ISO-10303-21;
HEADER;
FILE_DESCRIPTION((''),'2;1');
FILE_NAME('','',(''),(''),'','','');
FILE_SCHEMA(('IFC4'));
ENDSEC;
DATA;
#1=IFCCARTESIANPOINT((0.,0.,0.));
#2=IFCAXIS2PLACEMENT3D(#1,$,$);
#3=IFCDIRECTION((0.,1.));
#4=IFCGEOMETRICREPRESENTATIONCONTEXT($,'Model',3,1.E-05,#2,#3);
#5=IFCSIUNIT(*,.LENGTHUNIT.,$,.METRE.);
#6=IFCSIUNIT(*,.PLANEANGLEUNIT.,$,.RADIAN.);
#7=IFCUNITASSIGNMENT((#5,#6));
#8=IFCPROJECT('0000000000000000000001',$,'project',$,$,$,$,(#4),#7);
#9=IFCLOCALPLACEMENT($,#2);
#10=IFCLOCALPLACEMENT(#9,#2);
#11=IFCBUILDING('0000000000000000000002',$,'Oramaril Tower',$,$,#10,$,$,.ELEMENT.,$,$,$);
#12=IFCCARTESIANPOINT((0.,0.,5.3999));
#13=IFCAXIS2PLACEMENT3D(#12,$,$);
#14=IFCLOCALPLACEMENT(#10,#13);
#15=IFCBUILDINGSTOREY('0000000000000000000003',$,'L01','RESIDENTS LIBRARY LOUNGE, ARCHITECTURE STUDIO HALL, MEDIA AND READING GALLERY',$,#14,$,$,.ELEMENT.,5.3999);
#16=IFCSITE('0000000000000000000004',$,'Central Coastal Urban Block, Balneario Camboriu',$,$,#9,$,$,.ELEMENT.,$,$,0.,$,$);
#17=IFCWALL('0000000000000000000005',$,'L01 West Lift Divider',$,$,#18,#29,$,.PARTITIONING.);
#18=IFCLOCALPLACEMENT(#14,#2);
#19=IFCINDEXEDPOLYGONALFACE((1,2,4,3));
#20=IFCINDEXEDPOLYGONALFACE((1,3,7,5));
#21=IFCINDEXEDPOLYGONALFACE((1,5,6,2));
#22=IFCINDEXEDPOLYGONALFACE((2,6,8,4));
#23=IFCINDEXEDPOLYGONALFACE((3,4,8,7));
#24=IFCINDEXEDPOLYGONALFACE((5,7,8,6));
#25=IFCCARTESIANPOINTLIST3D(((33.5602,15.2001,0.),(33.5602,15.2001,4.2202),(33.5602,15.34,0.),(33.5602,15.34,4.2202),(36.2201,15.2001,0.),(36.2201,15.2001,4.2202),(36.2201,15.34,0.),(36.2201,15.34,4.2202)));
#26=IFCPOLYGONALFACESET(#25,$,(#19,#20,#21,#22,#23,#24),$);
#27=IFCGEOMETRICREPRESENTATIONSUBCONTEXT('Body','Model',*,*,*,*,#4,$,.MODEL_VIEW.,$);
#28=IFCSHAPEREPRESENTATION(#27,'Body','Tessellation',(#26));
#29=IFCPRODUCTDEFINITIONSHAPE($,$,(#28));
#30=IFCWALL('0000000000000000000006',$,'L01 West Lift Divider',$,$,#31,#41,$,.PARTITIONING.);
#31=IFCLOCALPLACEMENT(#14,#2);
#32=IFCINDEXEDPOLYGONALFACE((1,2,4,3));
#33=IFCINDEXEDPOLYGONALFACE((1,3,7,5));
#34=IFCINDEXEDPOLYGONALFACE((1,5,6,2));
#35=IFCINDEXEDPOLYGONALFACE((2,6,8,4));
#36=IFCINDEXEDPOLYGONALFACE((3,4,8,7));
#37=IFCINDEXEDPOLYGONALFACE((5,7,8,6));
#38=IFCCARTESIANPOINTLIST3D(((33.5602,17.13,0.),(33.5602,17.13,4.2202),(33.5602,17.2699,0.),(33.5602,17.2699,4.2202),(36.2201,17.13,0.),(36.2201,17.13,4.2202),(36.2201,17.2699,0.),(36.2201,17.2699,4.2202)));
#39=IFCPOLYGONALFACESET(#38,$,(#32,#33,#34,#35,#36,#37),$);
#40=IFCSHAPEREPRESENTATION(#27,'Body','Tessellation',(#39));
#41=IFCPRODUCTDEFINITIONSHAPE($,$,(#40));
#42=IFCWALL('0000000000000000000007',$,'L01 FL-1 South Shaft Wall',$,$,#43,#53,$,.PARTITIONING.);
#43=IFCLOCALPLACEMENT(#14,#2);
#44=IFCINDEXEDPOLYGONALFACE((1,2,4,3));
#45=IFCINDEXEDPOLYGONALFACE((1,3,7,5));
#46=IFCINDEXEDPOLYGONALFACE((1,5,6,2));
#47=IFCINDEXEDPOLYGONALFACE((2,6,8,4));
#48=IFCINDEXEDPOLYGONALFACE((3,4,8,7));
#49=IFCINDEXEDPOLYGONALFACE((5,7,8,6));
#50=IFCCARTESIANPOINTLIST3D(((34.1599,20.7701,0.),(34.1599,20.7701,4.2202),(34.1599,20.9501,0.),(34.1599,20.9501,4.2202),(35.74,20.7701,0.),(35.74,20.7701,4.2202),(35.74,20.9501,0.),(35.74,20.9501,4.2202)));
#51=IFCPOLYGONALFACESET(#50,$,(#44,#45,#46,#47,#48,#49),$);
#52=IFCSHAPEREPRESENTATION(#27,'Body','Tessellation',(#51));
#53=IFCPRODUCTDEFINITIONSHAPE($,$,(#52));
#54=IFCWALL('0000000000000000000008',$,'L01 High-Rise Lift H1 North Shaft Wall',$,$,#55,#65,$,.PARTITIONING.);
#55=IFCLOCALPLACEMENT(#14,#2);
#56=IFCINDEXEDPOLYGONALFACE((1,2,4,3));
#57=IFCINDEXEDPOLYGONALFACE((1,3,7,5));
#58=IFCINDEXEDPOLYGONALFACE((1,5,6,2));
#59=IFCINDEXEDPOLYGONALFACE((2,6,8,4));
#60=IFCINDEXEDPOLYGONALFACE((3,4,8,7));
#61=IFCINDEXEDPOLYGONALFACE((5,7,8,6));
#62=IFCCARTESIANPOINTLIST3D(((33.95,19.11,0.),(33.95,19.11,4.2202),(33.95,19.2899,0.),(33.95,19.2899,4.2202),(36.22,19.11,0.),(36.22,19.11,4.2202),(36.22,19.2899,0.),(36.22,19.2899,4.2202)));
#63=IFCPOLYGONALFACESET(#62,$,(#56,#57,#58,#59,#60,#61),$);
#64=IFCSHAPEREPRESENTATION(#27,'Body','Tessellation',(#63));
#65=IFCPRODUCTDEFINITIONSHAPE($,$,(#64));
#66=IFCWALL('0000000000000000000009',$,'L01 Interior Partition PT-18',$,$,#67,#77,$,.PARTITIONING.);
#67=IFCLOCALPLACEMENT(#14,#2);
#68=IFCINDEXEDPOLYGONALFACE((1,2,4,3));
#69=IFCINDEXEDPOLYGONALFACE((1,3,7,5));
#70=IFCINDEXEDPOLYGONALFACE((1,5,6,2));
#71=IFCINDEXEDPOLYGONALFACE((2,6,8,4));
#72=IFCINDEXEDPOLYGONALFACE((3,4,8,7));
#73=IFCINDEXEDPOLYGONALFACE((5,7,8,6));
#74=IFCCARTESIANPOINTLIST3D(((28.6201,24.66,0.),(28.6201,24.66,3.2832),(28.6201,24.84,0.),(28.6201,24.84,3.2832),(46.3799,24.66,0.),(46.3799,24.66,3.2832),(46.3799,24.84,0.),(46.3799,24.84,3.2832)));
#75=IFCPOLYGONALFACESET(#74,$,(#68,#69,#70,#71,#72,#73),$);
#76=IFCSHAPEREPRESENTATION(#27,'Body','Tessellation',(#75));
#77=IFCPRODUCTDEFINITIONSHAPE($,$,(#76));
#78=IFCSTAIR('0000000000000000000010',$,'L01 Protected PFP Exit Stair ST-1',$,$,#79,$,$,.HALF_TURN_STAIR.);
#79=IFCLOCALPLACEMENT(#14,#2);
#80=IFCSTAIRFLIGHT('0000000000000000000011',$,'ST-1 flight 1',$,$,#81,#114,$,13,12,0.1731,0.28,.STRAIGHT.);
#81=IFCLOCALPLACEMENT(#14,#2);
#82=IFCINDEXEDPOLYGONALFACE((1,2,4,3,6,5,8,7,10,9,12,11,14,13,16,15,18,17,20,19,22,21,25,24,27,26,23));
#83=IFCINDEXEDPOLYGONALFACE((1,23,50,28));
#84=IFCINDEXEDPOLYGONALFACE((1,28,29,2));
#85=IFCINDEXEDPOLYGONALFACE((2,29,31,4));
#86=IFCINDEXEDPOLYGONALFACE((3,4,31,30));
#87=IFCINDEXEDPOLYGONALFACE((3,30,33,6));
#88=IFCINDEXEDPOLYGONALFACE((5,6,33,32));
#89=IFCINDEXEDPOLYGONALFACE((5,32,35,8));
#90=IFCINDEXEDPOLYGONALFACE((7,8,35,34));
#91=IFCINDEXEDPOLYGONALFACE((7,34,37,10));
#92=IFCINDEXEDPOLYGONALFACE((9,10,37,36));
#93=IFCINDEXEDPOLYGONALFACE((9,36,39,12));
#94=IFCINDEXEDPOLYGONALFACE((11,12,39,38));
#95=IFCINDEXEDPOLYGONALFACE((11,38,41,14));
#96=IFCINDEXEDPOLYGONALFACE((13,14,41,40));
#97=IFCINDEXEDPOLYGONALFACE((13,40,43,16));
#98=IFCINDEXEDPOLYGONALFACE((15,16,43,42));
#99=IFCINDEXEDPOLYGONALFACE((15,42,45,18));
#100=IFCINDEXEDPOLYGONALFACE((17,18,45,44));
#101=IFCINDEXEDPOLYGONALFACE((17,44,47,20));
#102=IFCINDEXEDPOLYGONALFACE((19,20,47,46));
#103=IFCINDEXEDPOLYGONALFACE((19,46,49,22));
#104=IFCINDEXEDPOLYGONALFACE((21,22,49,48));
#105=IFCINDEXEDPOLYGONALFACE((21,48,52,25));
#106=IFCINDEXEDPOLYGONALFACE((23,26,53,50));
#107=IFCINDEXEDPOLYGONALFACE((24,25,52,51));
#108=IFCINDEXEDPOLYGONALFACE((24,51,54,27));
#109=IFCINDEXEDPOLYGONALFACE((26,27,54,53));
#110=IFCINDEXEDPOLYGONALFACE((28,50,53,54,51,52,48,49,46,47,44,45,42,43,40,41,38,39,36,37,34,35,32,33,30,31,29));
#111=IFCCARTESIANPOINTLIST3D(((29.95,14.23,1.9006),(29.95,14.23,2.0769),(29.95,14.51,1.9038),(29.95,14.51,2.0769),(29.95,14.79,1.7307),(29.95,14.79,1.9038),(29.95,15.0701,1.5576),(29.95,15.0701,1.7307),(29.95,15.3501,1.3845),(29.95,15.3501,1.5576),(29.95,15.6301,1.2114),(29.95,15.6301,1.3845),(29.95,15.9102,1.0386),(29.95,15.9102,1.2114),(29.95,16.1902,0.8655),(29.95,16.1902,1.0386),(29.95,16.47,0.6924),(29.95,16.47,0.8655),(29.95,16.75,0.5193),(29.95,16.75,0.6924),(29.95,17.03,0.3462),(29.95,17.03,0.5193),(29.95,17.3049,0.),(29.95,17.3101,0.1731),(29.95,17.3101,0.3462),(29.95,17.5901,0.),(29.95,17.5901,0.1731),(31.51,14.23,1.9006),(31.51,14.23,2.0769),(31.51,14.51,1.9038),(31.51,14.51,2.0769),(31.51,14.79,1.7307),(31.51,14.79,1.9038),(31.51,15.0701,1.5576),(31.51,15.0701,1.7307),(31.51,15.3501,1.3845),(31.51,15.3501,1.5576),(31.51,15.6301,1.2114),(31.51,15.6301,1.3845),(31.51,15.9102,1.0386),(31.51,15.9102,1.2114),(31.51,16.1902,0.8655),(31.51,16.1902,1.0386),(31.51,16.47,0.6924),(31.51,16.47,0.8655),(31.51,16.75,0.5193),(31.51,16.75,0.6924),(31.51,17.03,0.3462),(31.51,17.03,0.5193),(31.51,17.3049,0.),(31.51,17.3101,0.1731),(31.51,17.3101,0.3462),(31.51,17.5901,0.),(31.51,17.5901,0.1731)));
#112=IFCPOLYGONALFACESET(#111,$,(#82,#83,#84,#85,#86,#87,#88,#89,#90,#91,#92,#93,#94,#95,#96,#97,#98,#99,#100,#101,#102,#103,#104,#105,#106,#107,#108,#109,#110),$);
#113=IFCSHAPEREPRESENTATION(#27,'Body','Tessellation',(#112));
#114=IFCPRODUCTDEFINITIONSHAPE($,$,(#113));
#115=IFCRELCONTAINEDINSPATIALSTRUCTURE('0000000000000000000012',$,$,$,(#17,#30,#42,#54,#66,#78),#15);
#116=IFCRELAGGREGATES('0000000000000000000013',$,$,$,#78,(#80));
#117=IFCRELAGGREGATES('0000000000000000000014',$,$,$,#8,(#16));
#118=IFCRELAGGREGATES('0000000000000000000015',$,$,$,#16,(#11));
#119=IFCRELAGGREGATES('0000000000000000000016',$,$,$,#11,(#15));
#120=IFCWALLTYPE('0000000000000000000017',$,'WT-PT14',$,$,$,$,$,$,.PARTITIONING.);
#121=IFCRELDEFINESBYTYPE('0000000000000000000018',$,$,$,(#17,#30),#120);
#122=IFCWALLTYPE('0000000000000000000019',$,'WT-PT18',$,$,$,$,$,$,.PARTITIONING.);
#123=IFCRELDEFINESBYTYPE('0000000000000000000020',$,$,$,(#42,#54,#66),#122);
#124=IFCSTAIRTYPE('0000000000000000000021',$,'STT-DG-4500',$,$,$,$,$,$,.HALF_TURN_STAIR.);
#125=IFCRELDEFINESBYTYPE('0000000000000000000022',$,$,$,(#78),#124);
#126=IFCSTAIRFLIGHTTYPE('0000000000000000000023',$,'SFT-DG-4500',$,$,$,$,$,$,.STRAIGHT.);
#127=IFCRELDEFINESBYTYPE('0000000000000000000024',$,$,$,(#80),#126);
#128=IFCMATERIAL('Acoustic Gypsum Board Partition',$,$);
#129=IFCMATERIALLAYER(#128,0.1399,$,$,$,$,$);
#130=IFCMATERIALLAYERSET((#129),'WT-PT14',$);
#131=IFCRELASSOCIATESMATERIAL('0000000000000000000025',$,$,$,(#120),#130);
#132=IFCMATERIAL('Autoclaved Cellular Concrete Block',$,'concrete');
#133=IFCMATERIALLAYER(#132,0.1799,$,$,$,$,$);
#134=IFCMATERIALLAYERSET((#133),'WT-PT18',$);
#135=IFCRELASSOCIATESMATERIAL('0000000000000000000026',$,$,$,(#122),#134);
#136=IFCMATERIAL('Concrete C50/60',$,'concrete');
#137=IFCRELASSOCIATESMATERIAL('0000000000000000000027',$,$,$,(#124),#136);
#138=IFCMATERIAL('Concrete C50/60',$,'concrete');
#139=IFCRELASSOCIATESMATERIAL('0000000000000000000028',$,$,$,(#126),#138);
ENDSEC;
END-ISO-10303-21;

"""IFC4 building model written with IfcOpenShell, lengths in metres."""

from ifc_helpers import new_model, si_unit, direction, frame, frame_2d, origin, place, context, subcontext, project, spatial, polyline, rectangle, outline, extrude, material, layer, layer_set, type_object, element, aggregate, save


model = new_model("IFC4")

# Units and contexts
model_context = context("Model", 3, precision=1e-05, world=origin(), true_north=direction((0.0, 1.0)))
body_context = subcontext(model_context, "Body", "Model", "MODEL_VIEW")
ifc_project = project(units=[si_unit("LENGTHUNIT", "METRE"), si_unit("PLANEANGLEUNIT", "RADIAN")], contexts=[model_context])

# Site, building, storey
site_placement = place(None, origin())
site = spatial("IfcSite", under=ifc_project, at=site_placement, Name="Central Coastal Urban Block, Balneario Camboriu", CompositionType="ELEMENT", RefElevation=0.0)
building_placement = place(site_placement, origin())
building = spatial("IfcBuilding", under=site, at=building_placement, Name="Oramaril Tower", CompositionType="ELEMENT")
storey_placement = place(building_placement, frame((0.0, 0.0, 5.3999)))
storey = spatial("IfcBuildingStorey", under=building, at=storey_placement, Name="L01", Description="RESIDENTS LIBRARY LOUNGE, ARCHITECTURE STUDIO HALL, MEDIA AND READING GALLERY", CompositionType="ELEMENT", Elevation=5.3999)

# Walls
ifc_material_1 = material(Name="Acoustic Gypsum Board Partition")
ifc_layer_1 = layer(ifc_material_1, 0.1399)
ifc_layer_set_1 = layer_set([ifc_layer_1], Name="WT-PT14")
wall_type_1 = type_object("IfcWallType", Name="WT-PT14", PredefinedType="PARTITIONING", material=ifc_layer_set_1)
for number, where, z_axis, x_axis, name in (
    (1, (33.5601, 15.27, 0.0), (0.0, 0.0, 1.0), (1.0, 0.0, 0.0), "L01 West Lift Divider"),
    (2, (33.5601, 17.2, 0.0), (0.0, 0.0, 1.0), (1.0, 0.0, 0.0), "L01 West Lift Divider"),
):
    element("IfcWall", number, at=place(storey_placement, frame(where, z_axis=z_axis, x_axis=x_axis)), inside=storey, type_object=wall_type_1, Name=name, PredefinedType="PARTITIONING", context=body_context, shape_type="SweptSolid", body=[
        extrude(rectangle(XDim=2.6599, YDim=0.1399, at=frame_2d((1.3301, 0.0))), origin(), (0.0, 0.0, 1.0), 4.2202),
    ])
ifc_material_2 = material(Name="Autoclaved Cellular Concrete Block", Category="concrete")
ifc_layer_2 = layer(ifc_material_2, 0.1799)
ifc_layer_set_2 = layer_set([ifc_layer_2], Name="WT-PT18")
wall_type_2 = type_object("IfcWallType", Name="WT-PT18", PredefinedType="PARTITIONING", material=ifc_layer_set_2)
wall_1_placement = place(storey_placement, frame((34.1599, 20.8601, 0.0), z_axis=(0.0, 0.0, 1.0), x_axis=(1.0, 0.0, 0.0)))
element("IfcWall", 3, at=wall_1_placement, inside=storey, type_object=wall_type_2, Name="L01 FL-1 South Shaft Wall", PredefinedType="PARTITIONING", context=body_context, shape_type="SweptSolid", body=[
    extrude(rectangle(XDim=1.5801, YDim=0.1799, at=frame_2d((0.79, 0.0))), origin(), (0.0, 0.0, 1.0), 4.2202),
])
wall_2_placement = place(storey_placement, frame((33.95, 19.2, 0.0), z_axis=(0.0, 0.0, 1.0), x_axis=(1.0, 0.0, 0.0)))
element("IfcWall", 4, at=wall_2_placement, inside=storey, type_object=wall_type_2, Name="L01 High-Rise Lift H1 North Shaft Wall", PredefinedType="PARTITIONING", context=body_context, shape_type="SweptSolid", body=[
    extrude(rectangle(XDim=2.27, YDim=0.1799, at=frame_2d((1.135, 0.0))), origin(), (0.0, 0.0, 1.0), 4.2202),
])
wall_3_placement = place(storey_placement, frame((28.6201, 24.75, 0.0), z_axis=(0.0, 0.0, 1.0), x_axis=(1.0, 0.0, 0.0)))
element("IfcWall", 5, at=wall_3_placement, inside=storey, type_object=wall_type_2, Name="L01 Interior Partition PT-18", PredefinedType="PARTITIONING", context=body_context, shape_type="SweptSolid", body=[
    extrude(rectangle(XDim=17.7598, YDim=0.1799, at=frame_2d((8.8799, 0.0))), origin(), (0.0, 0.0, 1.0), 3.2832),
])

# Stair, stair flight
ifc_material_3 = material(Name="Concrete C50/60", Category="concrete")
stair_type = type_object("IfcStairType", Name="STT-DG-4500", PredefinedType="HALF_TURN_STAIR", material=ifc_material_3)
stair_placement = place(storey_placement, origin())
stair = element("IfcStair", 6, at=stair_placement, inside=storey, type_object=stair_type, Name="L01 Protected PFP Exit Stair ST-1", PredefinedType="HALF_TURN_STAIR")
ifc_material_4 = material(Name="Concrete C50/60", Category="concrete")
stair_flight_type = type_object("IfcStairFlightType", Name="SFT-DG-4500", PredefinedType="STRAIGHT", material=ifc_material_4)
stair_flight_placement = place(storey_placement, frame((30.73, 17.5901, 0.0), z_axis=(0.0, 0.0, 1.0), x_axis=(0.0, -1.0, 0.0)))
stair_flight = element("IfcStairFlight", 7, at=stair_flight_placement, type_object=stair_flight_type, Name="ST-1 flight 1", NumberOfRisers=13, NumberOfTreads=12, PredefinedType="STRAIGHT", RiserHeight=0.1731, TreadLength=0.28, context=body_context, shape_type="SweptSolid", body=[
    extrude(outline(polyline([(0.0, 0.0), (0.0, 0.1731), (0.28, 0.1731), (0.28, 0.3462), (0.5601, 0.3462), (0.5601, 0.5193), (0.8401, 0.5193), (0.8401, 0.6924), (1.1201, 0.6924), (1.1201, 0.8655), (1.3999, 0.8655), (1.3999, 1.0386), (1.6799, 1.0386), (1.6799, 1.2114), (1.96, 1.2114), (1.96, 1.3845), (2.24, 1.3845), (2.24, 1.5576), (2.52, 1.5576), (2.52, 1.7307), (2.8, 1.7307), (2.8, 1.9038), (3.0801, 1.9038), (3.0801, 2.0769), (3.3601, 2.0769), (3.3601, 2.25), (3.3601, 1.9006), (0.2852, 0.0), (0.0, 0.0)])), frame((0.0, 0.78, 0.0), z_axis=(0.0, -1.0, 0.0), x_axis=(1.0, 0.0, 0.0)), (0.0, 0.0, 1.0), 1.5601),
])
aggregate(stair, [stair_flight])

save(model, "model.ifc")
